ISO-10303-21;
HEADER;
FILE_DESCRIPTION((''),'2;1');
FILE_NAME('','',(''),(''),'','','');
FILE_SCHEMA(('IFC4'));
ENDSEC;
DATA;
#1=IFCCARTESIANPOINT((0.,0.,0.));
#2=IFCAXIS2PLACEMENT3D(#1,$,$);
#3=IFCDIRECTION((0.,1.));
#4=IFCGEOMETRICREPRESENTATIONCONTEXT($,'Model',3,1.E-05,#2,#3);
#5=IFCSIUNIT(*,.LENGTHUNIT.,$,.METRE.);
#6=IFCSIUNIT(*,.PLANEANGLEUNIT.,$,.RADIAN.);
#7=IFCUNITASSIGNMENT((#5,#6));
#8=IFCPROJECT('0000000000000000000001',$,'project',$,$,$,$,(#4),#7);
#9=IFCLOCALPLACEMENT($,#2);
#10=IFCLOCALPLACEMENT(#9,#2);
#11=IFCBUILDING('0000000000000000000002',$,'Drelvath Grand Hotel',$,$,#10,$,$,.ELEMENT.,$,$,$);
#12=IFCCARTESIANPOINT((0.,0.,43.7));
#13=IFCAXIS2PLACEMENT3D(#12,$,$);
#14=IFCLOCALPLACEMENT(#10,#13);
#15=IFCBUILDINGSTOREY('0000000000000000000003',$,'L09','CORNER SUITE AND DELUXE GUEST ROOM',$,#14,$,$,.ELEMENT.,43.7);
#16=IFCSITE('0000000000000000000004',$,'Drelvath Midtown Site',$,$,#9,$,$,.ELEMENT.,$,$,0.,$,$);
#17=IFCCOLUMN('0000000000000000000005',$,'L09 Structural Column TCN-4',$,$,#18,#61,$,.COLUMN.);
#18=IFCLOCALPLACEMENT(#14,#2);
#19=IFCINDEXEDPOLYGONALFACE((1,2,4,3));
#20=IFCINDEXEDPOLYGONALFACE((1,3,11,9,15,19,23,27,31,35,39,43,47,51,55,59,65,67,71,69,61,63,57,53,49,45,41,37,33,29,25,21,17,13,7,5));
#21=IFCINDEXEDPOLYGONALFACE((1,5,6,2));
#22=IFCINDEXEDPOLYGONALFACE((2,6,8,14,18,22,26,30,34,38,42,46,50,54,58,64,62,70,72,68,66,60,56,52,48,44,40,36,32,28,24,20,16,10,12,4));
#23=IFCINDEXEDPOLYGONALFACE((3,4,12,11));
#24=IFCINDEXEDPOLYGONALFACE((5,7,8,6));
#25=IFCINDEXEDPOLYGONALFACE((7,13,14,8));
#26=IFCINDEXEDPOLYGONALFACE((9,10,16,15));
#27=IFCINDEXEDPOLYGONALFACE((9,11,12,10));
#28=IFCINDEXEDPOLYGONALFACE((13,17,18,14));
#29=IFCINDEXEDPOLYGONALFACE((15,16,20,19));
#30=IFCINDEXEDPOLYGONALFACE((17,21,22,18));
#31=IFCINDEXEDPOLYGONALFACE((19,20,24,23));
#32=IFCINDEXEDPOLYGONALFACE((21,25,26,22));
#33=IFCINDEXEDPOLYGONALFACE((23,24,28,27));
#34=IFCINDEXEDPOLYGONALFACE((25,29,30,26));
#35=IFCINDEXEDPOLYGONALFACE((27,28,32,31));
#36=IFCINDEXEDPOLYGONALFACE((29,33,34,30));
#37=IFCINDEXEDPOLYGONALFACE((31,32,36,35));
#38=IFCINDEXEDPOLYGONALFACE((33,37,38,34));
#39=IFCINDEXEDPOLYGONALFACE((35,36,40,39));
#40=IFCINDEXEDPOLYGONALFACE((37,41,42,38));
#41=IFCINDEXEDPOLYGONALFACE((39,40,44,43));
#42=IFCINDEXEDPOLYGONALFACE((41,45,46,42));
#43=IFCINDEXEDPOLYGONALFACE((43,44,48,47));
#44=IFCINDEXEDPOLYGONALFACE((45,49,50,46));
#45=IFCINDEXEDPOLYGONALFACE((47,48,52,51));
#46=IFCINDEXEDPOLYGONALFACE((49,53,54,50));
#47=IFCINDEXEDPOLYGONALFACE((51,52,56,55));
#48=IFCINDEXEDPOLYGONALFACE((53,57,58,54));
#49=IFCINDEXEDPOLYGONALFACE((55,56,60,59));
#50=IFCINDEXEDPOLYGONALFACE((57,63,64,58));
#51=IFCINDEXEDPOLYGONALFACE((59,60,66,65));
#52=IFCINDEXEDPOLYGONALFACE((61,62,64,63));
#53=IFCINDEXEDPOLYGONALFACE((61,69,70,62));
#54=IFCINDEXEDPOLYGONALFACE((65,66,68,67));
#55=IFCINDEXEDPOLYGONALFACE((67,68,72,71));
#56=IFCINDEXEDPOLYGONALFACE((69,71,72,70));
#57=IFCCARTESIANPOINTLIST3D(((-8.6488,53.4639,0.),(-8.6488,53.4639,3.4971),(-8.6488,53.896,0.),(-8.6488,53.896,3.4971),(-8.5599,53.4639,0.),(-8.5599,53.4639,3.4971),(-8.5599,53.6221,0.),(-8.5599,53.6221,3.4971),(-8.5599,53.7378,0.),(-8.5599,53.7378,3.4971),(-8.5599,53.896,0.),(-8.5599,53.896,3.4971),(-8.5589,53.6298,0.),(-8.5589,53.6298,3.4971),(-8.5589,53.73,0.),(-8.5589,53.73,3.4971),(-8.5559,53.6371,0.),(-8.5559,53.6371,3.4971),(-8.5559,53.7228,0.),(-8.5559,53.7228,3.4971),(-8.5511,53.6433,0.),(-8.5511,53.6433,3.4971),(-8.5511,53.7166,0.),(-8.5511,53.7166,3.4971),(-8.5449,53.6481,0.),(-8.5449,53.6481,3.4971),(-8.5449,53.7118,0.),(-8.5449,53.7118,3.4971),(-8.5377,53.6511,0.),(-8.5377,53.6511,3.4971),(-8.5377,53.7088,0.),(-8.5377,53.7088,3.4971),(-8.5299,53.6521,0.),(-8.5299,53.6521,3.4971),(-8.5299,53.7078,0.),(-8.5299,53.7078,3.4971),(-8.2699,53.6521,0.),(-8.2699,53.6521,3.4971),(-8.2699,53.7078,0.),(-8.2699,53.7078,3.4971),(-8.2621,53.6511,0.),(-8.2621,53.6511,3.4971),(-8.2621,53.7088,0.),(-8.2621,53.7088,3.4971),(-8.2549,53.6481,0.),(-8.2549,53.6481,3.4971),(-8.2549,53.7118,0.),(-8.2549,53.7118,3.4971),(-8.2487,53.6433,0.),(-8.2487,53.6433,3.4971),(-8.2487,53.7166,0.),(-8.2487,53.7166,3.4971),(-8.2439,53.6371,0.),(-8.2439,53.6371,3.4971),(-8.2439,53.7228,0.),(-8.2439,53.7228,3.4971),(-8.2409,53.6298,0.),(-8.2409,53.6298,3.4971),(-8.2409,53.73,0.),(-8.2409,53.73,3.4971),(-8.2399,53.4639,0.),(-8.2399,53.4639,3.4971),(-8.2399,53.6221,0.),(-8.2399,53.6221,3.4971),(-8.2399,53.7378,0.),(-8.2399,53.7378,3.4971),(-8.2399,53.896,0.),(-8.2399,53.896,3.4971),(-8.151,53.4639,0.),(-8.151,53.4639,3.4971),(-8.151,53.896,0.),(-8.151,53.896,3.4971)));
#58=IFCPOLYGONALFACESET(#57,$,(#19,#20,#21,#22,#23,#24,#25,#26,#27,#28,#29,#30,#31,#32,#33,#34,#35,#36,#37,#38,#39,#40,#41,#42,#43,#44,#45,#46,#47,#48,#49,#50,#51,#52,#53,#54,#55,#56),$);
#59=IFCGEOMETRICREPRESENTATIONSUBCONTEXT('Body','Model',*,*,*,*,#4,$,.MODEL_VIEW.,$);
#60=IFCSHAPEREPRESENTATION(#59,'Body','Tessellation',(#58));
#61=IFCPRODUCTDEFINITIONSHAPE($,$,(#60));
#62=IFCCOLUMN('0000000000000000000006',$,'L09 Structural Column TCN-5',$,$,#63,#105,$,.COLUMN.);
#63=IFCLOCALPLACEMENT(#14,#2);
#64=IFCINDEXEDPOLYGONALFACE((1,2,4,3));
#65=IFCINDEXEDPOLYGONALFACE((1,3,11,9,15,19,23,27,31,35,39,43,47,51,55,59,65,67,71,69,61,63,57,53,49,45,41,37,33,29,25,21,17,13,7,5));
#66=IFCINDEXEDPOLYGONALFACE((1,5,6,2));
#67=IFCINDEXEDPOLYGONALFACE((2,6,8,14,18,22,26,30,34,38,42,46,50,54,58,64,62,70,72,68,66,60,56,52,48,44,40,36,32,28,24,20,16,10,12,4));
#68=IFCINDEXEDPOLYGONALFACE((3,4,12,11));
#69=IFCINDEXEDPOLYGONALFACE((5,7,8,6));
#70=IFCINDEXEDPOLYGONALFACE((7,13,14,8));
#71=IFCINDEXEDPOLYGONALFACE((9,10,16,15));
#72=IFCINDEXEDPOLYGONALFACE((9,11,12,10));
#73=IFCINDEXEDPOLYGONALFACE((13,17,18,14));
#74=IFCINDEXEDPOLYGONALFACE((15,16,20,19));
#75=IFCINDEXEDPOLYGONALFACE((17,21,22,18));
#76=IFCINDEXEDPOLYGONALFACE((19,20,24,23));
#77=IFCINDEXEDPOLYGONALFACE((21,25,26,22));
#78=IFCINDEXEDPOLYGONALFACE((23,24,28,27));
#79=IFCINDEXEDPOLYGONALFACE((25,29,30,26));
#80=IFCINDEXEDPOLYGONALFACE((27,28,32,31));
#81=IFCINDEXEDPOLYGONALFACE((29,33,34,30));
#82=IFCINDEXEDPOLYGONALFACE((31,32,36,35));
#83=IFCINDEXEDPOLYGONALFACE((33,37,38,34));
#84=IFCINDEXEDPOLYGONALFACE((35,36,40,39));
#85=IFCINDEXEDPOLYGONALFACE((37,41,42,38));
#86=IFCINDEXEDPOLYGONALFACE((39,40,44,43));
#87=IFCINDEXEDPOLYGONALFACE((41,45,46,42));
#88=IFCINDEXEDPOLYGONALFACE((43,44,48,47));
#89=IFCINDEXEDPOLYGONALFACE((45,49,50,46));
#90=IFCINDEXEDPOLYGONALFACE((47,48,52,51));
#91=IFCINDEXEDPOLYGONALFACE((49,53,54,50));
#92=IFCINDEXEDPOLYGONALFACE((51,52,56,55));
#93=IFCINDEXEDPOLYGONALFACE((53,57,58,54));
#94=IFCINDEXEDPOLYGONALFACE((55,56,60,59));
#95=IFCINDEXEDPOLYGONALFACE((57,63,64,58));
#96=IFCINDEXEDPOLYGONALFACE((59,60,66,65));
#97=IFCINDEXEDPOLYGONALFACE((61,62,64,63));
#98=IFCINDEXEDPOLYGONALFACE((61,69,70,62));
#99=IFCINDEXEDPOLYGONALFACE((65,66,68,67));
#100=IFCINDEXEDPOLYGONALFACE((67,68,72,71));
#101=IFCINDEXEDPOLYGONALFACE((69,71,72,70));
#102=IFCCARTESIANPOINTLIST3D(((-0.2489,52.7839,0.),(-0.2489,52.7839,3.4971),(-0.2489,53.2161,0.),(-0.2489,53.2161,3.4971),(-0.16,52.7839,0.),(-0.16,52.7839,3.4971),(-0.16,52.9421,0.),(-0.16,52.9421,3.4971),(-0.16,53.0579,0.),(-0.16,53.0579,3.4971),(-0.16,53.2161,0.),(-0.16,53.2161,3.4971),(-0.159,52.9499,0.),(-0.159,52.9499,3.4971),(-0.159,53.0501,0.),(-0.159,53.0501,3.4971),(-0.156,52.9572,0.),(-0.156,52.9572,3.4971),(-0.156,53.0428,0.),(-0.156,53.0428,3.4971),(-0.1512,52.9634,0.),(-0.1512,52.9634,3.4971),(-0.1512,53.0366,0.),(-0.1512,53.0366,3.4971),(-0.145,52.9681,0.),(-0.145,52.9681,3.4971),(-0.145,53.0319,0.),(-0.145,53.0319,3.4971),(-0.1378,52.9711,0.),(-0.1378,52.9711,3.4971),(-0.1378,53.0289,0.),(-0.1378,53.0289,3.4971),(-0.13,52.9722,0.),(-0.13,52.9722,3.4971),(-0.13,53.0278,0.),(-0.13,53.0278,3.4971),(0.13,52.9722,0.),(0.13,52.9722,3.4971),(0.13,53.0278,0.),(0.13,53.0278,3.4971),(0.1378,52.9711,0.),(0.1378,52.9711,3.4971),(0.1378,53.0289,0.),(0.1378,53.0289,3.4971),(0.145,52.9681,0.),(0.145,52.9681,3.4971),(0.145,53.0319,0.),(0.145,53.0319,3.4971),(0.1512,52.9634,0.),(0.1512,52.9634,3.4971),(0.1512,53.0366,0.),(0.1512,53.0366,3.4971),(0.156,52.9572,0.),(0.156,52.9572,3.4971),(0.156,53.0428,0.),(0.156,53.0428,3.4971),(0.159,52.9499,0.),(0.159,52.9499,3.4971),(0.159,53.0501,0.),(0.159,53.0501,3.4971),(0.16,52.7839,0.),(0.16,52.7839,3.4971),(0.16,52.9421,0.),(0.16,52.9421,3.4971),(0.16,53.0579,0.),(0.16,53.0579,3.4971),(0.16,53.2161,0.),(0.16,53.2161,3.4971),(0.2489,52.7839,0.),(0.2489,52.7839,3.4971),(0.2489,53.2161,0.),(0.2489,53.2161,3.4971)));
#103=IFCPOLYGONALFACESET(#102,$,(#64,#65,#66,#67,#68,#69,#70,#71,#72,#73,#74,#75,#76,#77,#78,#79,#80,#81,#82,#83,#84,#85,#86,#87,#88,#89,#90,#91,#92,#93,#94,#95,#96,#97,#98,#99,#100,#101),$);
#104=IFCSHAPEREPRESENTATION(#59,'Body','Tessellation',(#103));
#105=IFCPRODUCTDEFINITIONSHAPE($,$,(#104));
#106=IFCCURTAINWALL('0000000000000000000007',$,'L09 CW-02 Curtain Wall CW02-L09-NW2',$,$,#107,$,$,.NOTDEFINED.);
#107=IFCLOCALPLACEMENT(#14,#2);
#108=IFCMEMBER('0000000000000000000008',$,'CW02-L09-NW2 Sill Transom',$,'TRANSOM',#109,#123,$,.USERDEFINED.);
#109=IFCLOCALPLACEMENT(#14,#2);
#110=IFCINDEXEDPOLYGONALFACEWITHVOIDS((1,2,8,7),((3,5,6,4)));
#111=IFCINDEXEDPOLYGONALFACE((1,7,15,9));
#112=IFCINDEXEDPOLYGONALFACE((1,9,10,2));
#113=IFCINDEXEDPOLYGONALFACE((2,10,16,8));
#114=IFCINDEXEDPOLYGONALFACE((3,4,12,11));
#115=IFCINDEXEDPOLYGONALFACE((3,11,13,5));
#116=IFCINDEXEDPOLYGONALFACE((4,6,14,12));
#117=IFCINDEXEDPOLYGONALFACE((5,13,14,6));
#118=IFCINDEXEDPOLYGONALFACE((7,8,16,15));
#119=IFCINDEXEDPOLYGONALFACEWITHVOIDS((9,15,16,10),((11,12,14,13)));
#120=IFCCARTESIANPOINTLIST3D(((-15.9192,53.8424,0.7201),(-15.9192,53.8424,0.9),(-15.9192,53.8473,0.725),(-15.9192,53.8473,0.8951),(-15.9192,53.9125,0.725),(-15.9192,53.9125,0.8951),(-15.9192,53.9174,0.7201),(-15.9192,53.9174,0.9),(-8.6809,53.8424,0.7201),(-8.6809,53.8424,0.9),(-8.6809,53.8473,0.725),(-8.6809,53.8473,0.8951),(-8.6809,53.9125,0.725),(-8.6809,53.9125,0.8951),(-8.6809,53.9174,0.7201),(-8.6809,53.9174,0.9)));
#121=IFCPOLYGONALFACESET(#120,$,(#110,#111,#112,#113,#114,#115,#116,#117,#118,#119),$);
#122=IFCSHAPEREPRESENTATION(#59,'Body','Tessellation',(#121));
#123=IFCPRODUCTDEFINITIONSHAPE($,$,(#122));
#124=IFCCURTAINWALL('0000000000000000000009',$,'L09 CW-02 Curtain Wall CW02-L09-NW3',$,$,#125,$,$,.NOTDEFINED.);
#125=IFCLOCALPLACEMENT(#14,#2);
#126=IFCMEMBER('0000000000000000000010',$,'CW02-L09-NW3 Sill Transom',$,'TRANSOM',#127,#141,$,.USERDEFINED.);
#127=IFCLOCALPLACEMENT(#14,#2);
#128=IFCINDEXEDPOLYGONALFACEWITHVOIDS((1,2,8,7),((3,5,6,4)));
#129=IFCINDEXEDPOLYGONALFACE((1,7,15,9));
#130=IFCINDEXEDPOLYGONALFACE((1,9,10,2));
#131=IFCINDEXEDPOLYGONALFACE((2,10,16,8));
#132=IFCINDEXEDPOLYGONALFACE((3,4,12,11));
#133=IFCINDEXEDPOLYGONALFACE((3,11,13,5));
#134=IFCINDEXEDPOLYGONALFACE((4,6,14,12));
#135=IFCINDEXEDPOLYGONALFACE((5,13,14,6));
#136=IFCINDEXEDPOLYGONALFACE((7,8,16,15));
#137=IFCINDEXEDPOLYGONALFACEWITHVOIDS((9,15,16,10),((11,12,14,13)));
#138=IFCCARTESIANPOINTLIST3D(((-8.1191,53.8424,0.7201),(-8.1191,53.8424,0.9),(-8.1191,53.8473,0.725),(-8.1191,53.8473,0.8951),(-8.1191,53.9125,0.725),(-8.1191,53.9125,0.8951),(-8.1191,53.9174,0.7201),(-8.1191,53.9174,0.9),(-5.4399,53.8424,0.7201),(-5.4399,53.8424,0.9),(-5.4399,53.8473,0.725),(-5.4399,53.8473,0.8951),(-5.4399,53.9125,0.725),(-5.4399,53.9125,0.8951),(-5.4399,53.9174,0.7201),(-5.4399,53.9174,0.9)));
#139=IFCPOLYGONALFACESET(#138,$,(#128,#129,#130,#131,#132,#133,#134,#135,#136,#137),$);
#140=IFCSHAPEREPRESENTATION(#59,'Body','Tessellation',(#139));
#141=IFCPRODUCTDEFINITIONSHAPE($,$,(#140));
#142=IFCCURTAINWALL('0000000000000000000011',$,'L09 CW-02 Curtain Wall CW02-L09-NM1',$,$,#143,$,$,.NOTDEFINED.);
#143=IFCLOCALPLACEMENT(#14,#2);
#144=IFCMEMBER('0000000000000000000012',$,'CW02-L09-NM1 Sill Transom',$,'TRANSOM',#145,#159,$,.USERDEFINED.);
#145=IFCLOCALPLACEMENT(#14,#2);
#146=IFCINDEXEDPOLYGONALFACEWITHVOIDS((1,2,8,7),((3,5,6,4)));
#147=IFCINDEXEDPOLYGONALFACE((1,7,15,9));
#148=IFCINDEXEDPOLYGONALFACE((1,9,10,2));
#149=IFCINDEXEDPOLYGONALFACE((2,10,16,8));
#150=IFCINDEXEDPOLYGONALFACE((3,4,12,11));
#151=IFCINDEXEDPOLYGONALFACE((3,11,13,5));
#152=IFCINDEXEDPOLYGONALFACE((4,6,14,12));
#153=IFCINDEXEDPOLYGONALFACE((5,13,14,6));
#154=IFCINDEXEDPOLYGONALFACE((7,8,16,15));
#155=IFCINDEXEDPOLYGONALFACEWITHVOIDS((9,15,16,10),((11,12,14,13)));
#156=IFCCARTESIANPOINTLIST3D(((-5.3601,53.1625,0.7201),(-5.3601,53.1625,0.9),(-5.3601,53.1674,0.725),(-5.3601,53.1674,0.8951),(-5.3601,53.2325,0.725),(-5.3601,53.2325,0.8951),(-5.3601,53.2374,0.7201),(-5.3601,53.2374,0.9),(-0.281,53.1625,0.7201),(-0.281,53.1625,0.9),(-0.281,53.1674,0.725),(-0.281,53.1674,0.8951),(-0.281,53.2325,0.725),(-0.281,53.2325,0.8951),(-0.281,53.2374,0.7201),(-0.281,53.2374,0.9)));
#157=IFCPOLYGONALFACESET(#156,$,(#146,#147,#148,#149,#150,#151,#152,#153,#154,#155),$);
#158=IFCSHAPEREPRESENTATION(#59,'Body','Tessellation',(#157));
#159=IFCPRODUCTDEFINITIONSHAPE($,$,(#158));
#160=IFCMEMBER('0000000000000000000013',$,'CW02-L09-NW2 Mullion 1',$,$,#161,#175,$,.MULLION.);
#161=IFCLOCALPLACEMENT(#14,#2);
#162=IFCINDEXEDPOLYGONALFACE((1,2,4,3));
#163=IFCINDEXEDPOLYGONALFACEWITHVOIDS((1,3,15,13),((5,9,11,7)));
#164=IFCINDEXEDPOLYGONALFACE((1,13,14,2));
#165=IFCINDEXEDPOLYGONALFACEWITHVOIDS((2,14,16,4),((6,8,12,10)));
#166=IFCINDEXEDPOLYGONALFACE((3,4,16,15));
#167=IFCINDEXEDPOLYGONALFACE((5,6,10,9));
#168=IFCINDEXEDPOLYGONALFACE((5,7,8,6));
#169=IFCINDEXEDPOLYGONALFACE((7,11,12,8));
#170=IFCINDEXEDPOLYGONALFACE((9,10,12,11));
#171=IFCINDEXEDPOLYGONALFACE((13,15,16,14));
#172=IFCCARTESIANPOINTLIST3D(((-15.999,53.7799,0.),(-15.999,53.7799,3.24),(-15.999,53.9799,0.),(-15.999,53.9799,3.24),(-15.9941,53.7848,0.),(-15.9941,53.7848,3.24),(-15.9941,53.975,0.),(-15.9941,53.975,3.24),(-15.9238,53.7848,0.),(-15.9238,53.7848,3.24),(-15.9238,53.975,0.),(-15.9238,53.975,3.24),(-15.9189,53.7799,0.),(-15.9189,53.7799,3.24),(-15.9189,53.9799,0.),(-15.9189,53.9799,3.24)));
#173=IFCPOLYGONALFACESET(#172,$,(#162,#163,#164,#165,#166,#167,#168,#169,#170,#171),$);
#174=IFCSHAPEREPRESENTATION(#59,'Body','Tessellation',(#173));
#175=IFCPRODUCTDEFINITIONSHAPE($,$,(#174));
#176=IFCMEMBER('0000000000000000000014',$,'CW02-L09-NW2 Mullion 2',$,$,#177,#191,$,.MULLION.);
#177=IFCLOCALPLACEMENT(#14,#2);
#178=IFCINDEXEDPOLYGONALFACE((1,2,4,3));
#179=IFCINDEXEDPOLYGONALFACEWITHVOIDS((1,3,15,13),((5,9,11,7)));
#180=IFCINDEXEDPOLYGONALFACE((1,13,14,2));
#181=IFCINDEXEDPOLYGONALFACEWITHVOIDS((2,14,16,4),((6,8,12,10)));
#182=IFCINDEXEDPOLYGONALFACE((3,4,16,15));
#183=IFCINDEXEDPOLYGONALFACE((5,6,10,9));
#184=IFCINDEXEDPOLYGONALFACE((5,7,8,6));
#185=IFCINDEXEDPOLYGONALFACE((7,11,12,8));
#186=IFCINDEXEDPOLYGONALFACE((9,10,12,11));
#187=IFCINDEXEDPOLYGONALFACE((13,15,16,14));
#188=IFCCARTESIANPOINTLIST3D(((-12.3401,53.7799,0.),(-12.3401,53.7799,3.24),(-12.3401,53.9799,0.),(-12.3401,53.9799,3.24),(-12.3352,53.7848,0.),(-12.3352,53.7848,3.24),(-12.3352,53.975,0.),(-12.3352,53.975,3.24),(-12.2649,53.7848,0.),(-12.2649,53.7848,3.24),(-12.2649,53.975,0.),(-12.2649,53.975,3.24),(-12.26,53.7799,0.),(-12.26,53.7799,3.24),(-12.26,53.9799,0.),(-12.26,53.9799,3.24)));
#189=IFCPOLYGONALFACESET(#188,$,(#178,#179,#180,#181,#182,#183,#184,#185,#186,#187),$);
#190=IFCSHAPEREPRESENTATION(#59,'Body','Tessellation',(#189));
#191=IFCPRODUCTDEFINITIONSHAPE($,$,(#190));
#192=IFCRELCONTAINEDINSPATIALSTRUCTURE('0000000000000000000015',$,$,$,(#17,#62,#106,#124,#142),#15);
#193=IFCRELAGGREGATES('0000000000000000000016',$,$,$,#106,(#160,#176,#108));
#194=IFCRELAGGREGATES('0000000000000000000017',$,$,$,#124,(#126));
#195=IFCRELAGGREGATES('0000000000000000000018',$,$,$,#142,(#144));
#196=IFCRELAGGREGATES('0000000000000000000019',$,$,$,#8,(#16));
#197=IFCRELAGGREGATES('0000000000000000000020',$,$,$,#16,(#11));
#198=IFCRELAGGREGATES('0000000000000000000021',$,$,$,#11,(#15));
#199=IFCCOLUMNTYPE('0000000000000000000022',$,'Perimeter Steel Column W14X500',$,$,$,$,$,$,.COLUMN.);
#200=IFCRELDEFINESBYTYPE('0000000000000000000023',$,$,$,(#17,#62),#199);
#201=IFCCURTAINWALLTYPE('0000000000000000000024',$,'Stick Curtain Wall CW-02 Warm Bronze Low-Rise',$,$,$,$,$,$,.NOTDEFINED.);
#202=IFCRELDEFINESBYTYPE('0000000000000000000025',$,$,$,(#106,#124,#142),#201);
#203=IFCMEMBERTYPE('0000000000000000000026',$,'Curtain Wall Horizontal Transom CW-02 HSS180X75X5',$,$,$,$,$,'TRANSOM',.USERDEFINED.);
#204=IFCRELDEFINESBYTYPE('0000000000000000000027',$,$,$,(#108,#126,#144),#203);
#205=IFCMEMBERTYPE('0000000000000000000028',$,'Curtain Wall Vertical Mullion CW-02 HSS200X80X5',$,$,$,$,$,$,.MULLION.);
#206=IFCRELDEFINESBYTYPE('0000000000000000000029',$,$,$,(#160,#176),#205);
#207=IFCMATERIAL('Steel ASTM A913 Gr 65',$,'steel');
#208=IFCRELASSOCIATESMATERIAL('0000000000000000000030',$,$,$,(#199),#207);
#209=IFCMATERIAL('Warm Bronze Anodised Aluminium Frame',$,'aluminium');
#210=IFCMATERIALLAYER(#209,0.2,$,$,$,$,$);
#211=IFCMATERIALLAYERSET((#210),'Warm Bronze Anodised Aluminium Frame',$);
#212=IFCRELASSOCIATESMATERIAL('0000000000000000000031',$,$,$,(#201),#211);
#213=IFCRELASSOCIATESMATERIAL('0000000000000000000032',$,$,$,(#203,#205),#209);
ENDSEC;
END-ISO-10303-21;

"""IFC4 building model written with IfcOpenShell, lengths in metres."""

from ifc_helpers import new_model, si_unit, direction, frame, origin, origin_2d, place, context, subcontext, project, spatial, hollow_rectangle, i_section, extrude, material, layer, layer_set, material_profile, profile_set, type_object, element, aggregate, save


model = new_model("IFC4")

# Units and contexts
model_context = context("Model", 3, precision=1e-05, world=origin(), true_north=direction((0.0, 1.0)))
body_context = subcontext(model_context, "Body", "Model", "MODEL_VIEW")
ifc_project = project(units=[si_unit("LENGTHUNIT", "METRE"), si_unit("PLANEANGLEUNIT", "RADIAN")], contexts=[model_context])

# Site, building, storey
site_placement = place(None, origin())
site = spatial("IfcSite", under=ifc_project, at=site_placement, Name="Drelvath Midtown Site", CompositionType="ELEMENT", RefElevation=0.0)
building_placement = place(site_placement, origin())
building = spatial("IfcBuilding", under=site, at=building_placement, Name="Drelvath Grand Hotel", CompositionType="ELEMENT")
storey_placement = place(building_placement, frame((0.0, 0.0, 43.7)))
storey = spatial("IfcBuildingStorey", under=building, at=storey_placement, Name="L09", Description="CORNER SUITE AND DELUXE GUEST ROOM", CompositionType="ELEMENT", Elevation=43.7)

# Columns
ifc_material_1 = material(Name="Steel ASTM A913 Gr 65", Category="steel")
ifc_material_profile_1 = material_profile(ifc_material_1, i_section(OverallWidth=0.4321, OverallDepth=0.4978, WebThickness=0.0557, FlangeThickness=0.0889, FilletRadius=0.03, at=origin_2d()), Name="W14X500")
ifc_profile_set_1 = profile_set([ifc_material_profile_1], Name="Steel ASTM A913 Gr 65")
column_type = type_object("IfcColumnType", Name="Perimeter Steel Column W14X500", PredefinedType="COLUMN", material=ifc_profile_set_1)
for number, where, z_axis, x_axis, name in (
    (1, (-8.3999, 53.6799, 0.0), (0.0, 0.0, 1.0), (0.0, 1.0, 0.0), "L09 Structural Column TCN-4"),
    (2, (0.0, 53.0, 0.0), (0.0, 0.0, 1.0), (0.0, 1.0, 0.0), "L09 Structural Column TCN-5"),
):
    element("IfcColumn", number, at=place(storey_placement, frame(where, z_axis=z_axis, x_axis=x_axis)), inside=storey, type_object=column_type, Name=name, PredefinedType="COLUMN", context=body_context, shape_type="SweptSolid", body=[
        extrude(i_section(OverallWidth=0.4321, OverallDepth=0.4978, WebThickness=0.0557, FlangeThickness=0.0889, FilletRadius=0.03, at=origin_2d()), origin(), (0.0, 0.0, 1.0), 3.4971),
    ])

# Curtain walls, members
ifc_material_2 = material(Name="Warm Bronze Anodised Aluminium Frame", Category="aluminium")
ifc_layer_1 = layer(ifc_material_2, 0.2)
ifc_layer_set_1 = layer_set([ifc_layer_1], Name="Warm Bronze Anodised Aluminium Frame")
curtain_wall_type = type_object("IfcCurtainWallType", Name="Stick Curtain Wall CW-02 Warm Bronze Low-Rise", PredefinedType="NOTDEFINED", material=ifc_layer_set_1)
curtain_wall_1_placement = place(storey_placement, origin())
curtain_wall_1 = element("IfcCurtainWall", 3, at=curtain_wall_1_placement, inside=storey, type_object=curtain_wall_type, Name="L09 CW-02 Curtain Wall CW02-L09-NW2", PredefinedType="NOTDEFINED")
ifc_material_profile_2 = material_profile(ifc_material_2, hollow_rectangle(XDim=0.075, YDim=0.1799, WallThickness=0.0049, at=origin_2d()), Name="HSS180X75X5")
ifc_profile_set_2 = profile_set([ifc_material_profile_2], Name="Warm Bronze Anodised Aluminium Frame")
member_type_1 = type_object("IfcMemberType", Name="Curtain Wall Horizontal Transom CW-02 HSS180X75X5", ElementType="TRANSOM", PredefinedType="USERDEFINED", material=ifc_profile_set_2)
member_1_placement = place(storey_placement, frame((-15.9192, 53.8799, 0.8101), z_axis=(1.0, 0.0, 0.0), x_axis=(0.0, 1.0, 0.0)))
member_1 = element("IfcMember", 4, at=member_1_placement, type_object=member_type_1, Name="CW02-L09-NW2 Sill Transom", ObjectType="TRANSOM", PredefinedType="USERDEFINED", context=body_context, shape_type="SweptSolid", body=[
    extrude(hollow_rectangle(XDim=0.075, YDim=0.1799, WallThickness=0.0049, at=origin_2d()), origin(), (0.0, 0.0, 1.0), 7.2383),
])
curtain_wall_2_placement = place(storey_placement, origin())
curtain_wall_2 = element("IfcCurtainWall", 5, at=curtain_wall_2_placement, inside=storey, type_object=curtain_wall_type, Name="L09 CW-02 Curtain Wall CW02-L09-NW3", PredefinedType="NOTDEFINED")
member_2_placement = place(storey_placement, frame((-8.1191, 53.8799, 0.8101), z_axis=(1.0, 0.0, 0.0), x_axis=(0.0, 1.0, 0.0)))
member_2 = element("IfcMember", 6, at=member_2_placement, type_object=member_type_1, Name="CW02-L09-NW3 Sill Transom", ObjectType="TRANSOM", PredefinedType="USERDEFINED", context=body_context, shape_type="SweptSolid", body=[
    extrude(hollow_rectangle(XDim=0.075, YDim=0.1799, WallThickness=0.0049, at=origin_2d()), origin(), (0.0, 0.0, 1.0), 2.6792),
])
curtain_wall_3_placement = place(storey_placement, origin())
curtain_wall_3 = element("IfcCurtainWall", 7, at=curtain_wall_3_placement, inside=storey, type_object=curtain_wall_type, Name="L09 CW-02 Curtain Wall CW02-L09-NM1", PredefinedType="NOTDEFINED")
member_3_placement = place(storey_placement, frame((-5.3601, 53.2, 0.8101), z_axis=(1.0, 0.0, 0.0), x_axis=(0.0, 1.0, 0.0)))
member_3 = element("IfcMember", 8, at=member_3_placement, type_object=member_type_1, Name="CW02-L09-NM1 Sill Transom", ObjectType="TRANSOM", PredefinedType="USERDEFINED", context=body_context, shape_type="SweptSolid", body=[
    extrude(hollow_rectangle(XDim=0.075, YDim=0.1799, WallThickness=0.0049, at=origin_2d()), origin(), (0.0, 0.0, 1.0), 5.0791),
])

# Members
ifc_material_profile_3 = material_profile(ifc_material_2, hollow_rectangle(XDim=0.0801, YDim=0.2, WallThickness=0.0049, at=origin_2d()), Name="HSS200X80X5")
ifc_profile_set_3 = profile_set([ifc_material_profile_3], Name="Warm Bronze Anodised Aluminium Frame")
member_type_2 = type_object("IfcMemberType", Name="Curtain Wall Vertical Mullion CW-02 HSS200X80X5", PredefinedType="MULLION", material=ifc_profile_set_3)
member_4_placement = place(storey_placement, frame((-15.959, 53.8799, 0.0), z_axis=(0.0, 0.0, 1.0), x_axis=(1.0, 0.0, 0.0)))
member_4 = element("IfcMember", 9, at=member_4_placement, type_object=member_type_2, Name="CW02-L09-NW2 Mullion 1", PredefinedType="MULLION", context=body_context, shape_type="SweptSolid", body=[
    extrude(hollow_rectangle(XDim=0.0801, YDim=0.2, WallThickness=0.0049, at=origin_2d()), origin(), (0.0, 0.0, 1.0), 3.24),
])
member_5_placement = place(storey_placement, frame((-12.3, 53.8799, 0.0), z_axis=(0.0, 0.0, 1.0), x_axis=(1.0, 0.0, 0.0)))
member_5 = element("IfcMember", 10, at=member_5_placement, type_object=member_type_2, Name="CW02-L09-NW2 Mullion 2", PredefinedType="MULLION", context=body_context, shape_type="SweptSolid", body=[
    extrude(hollow_rectangle(XDim=0.0801, YDim=0.2, WallThickness=0.0049, at=origin_2d()), origin(), (0.0, 0.0, 1.0), 3.24),
])

aggregate(curtain_wall_1, [member_4, member_5, member_1])
aggregate(curtain_wall_2, [member_2])
aggregate(curtain_wall_3, [member_3])

save(model, "model.ifc")
